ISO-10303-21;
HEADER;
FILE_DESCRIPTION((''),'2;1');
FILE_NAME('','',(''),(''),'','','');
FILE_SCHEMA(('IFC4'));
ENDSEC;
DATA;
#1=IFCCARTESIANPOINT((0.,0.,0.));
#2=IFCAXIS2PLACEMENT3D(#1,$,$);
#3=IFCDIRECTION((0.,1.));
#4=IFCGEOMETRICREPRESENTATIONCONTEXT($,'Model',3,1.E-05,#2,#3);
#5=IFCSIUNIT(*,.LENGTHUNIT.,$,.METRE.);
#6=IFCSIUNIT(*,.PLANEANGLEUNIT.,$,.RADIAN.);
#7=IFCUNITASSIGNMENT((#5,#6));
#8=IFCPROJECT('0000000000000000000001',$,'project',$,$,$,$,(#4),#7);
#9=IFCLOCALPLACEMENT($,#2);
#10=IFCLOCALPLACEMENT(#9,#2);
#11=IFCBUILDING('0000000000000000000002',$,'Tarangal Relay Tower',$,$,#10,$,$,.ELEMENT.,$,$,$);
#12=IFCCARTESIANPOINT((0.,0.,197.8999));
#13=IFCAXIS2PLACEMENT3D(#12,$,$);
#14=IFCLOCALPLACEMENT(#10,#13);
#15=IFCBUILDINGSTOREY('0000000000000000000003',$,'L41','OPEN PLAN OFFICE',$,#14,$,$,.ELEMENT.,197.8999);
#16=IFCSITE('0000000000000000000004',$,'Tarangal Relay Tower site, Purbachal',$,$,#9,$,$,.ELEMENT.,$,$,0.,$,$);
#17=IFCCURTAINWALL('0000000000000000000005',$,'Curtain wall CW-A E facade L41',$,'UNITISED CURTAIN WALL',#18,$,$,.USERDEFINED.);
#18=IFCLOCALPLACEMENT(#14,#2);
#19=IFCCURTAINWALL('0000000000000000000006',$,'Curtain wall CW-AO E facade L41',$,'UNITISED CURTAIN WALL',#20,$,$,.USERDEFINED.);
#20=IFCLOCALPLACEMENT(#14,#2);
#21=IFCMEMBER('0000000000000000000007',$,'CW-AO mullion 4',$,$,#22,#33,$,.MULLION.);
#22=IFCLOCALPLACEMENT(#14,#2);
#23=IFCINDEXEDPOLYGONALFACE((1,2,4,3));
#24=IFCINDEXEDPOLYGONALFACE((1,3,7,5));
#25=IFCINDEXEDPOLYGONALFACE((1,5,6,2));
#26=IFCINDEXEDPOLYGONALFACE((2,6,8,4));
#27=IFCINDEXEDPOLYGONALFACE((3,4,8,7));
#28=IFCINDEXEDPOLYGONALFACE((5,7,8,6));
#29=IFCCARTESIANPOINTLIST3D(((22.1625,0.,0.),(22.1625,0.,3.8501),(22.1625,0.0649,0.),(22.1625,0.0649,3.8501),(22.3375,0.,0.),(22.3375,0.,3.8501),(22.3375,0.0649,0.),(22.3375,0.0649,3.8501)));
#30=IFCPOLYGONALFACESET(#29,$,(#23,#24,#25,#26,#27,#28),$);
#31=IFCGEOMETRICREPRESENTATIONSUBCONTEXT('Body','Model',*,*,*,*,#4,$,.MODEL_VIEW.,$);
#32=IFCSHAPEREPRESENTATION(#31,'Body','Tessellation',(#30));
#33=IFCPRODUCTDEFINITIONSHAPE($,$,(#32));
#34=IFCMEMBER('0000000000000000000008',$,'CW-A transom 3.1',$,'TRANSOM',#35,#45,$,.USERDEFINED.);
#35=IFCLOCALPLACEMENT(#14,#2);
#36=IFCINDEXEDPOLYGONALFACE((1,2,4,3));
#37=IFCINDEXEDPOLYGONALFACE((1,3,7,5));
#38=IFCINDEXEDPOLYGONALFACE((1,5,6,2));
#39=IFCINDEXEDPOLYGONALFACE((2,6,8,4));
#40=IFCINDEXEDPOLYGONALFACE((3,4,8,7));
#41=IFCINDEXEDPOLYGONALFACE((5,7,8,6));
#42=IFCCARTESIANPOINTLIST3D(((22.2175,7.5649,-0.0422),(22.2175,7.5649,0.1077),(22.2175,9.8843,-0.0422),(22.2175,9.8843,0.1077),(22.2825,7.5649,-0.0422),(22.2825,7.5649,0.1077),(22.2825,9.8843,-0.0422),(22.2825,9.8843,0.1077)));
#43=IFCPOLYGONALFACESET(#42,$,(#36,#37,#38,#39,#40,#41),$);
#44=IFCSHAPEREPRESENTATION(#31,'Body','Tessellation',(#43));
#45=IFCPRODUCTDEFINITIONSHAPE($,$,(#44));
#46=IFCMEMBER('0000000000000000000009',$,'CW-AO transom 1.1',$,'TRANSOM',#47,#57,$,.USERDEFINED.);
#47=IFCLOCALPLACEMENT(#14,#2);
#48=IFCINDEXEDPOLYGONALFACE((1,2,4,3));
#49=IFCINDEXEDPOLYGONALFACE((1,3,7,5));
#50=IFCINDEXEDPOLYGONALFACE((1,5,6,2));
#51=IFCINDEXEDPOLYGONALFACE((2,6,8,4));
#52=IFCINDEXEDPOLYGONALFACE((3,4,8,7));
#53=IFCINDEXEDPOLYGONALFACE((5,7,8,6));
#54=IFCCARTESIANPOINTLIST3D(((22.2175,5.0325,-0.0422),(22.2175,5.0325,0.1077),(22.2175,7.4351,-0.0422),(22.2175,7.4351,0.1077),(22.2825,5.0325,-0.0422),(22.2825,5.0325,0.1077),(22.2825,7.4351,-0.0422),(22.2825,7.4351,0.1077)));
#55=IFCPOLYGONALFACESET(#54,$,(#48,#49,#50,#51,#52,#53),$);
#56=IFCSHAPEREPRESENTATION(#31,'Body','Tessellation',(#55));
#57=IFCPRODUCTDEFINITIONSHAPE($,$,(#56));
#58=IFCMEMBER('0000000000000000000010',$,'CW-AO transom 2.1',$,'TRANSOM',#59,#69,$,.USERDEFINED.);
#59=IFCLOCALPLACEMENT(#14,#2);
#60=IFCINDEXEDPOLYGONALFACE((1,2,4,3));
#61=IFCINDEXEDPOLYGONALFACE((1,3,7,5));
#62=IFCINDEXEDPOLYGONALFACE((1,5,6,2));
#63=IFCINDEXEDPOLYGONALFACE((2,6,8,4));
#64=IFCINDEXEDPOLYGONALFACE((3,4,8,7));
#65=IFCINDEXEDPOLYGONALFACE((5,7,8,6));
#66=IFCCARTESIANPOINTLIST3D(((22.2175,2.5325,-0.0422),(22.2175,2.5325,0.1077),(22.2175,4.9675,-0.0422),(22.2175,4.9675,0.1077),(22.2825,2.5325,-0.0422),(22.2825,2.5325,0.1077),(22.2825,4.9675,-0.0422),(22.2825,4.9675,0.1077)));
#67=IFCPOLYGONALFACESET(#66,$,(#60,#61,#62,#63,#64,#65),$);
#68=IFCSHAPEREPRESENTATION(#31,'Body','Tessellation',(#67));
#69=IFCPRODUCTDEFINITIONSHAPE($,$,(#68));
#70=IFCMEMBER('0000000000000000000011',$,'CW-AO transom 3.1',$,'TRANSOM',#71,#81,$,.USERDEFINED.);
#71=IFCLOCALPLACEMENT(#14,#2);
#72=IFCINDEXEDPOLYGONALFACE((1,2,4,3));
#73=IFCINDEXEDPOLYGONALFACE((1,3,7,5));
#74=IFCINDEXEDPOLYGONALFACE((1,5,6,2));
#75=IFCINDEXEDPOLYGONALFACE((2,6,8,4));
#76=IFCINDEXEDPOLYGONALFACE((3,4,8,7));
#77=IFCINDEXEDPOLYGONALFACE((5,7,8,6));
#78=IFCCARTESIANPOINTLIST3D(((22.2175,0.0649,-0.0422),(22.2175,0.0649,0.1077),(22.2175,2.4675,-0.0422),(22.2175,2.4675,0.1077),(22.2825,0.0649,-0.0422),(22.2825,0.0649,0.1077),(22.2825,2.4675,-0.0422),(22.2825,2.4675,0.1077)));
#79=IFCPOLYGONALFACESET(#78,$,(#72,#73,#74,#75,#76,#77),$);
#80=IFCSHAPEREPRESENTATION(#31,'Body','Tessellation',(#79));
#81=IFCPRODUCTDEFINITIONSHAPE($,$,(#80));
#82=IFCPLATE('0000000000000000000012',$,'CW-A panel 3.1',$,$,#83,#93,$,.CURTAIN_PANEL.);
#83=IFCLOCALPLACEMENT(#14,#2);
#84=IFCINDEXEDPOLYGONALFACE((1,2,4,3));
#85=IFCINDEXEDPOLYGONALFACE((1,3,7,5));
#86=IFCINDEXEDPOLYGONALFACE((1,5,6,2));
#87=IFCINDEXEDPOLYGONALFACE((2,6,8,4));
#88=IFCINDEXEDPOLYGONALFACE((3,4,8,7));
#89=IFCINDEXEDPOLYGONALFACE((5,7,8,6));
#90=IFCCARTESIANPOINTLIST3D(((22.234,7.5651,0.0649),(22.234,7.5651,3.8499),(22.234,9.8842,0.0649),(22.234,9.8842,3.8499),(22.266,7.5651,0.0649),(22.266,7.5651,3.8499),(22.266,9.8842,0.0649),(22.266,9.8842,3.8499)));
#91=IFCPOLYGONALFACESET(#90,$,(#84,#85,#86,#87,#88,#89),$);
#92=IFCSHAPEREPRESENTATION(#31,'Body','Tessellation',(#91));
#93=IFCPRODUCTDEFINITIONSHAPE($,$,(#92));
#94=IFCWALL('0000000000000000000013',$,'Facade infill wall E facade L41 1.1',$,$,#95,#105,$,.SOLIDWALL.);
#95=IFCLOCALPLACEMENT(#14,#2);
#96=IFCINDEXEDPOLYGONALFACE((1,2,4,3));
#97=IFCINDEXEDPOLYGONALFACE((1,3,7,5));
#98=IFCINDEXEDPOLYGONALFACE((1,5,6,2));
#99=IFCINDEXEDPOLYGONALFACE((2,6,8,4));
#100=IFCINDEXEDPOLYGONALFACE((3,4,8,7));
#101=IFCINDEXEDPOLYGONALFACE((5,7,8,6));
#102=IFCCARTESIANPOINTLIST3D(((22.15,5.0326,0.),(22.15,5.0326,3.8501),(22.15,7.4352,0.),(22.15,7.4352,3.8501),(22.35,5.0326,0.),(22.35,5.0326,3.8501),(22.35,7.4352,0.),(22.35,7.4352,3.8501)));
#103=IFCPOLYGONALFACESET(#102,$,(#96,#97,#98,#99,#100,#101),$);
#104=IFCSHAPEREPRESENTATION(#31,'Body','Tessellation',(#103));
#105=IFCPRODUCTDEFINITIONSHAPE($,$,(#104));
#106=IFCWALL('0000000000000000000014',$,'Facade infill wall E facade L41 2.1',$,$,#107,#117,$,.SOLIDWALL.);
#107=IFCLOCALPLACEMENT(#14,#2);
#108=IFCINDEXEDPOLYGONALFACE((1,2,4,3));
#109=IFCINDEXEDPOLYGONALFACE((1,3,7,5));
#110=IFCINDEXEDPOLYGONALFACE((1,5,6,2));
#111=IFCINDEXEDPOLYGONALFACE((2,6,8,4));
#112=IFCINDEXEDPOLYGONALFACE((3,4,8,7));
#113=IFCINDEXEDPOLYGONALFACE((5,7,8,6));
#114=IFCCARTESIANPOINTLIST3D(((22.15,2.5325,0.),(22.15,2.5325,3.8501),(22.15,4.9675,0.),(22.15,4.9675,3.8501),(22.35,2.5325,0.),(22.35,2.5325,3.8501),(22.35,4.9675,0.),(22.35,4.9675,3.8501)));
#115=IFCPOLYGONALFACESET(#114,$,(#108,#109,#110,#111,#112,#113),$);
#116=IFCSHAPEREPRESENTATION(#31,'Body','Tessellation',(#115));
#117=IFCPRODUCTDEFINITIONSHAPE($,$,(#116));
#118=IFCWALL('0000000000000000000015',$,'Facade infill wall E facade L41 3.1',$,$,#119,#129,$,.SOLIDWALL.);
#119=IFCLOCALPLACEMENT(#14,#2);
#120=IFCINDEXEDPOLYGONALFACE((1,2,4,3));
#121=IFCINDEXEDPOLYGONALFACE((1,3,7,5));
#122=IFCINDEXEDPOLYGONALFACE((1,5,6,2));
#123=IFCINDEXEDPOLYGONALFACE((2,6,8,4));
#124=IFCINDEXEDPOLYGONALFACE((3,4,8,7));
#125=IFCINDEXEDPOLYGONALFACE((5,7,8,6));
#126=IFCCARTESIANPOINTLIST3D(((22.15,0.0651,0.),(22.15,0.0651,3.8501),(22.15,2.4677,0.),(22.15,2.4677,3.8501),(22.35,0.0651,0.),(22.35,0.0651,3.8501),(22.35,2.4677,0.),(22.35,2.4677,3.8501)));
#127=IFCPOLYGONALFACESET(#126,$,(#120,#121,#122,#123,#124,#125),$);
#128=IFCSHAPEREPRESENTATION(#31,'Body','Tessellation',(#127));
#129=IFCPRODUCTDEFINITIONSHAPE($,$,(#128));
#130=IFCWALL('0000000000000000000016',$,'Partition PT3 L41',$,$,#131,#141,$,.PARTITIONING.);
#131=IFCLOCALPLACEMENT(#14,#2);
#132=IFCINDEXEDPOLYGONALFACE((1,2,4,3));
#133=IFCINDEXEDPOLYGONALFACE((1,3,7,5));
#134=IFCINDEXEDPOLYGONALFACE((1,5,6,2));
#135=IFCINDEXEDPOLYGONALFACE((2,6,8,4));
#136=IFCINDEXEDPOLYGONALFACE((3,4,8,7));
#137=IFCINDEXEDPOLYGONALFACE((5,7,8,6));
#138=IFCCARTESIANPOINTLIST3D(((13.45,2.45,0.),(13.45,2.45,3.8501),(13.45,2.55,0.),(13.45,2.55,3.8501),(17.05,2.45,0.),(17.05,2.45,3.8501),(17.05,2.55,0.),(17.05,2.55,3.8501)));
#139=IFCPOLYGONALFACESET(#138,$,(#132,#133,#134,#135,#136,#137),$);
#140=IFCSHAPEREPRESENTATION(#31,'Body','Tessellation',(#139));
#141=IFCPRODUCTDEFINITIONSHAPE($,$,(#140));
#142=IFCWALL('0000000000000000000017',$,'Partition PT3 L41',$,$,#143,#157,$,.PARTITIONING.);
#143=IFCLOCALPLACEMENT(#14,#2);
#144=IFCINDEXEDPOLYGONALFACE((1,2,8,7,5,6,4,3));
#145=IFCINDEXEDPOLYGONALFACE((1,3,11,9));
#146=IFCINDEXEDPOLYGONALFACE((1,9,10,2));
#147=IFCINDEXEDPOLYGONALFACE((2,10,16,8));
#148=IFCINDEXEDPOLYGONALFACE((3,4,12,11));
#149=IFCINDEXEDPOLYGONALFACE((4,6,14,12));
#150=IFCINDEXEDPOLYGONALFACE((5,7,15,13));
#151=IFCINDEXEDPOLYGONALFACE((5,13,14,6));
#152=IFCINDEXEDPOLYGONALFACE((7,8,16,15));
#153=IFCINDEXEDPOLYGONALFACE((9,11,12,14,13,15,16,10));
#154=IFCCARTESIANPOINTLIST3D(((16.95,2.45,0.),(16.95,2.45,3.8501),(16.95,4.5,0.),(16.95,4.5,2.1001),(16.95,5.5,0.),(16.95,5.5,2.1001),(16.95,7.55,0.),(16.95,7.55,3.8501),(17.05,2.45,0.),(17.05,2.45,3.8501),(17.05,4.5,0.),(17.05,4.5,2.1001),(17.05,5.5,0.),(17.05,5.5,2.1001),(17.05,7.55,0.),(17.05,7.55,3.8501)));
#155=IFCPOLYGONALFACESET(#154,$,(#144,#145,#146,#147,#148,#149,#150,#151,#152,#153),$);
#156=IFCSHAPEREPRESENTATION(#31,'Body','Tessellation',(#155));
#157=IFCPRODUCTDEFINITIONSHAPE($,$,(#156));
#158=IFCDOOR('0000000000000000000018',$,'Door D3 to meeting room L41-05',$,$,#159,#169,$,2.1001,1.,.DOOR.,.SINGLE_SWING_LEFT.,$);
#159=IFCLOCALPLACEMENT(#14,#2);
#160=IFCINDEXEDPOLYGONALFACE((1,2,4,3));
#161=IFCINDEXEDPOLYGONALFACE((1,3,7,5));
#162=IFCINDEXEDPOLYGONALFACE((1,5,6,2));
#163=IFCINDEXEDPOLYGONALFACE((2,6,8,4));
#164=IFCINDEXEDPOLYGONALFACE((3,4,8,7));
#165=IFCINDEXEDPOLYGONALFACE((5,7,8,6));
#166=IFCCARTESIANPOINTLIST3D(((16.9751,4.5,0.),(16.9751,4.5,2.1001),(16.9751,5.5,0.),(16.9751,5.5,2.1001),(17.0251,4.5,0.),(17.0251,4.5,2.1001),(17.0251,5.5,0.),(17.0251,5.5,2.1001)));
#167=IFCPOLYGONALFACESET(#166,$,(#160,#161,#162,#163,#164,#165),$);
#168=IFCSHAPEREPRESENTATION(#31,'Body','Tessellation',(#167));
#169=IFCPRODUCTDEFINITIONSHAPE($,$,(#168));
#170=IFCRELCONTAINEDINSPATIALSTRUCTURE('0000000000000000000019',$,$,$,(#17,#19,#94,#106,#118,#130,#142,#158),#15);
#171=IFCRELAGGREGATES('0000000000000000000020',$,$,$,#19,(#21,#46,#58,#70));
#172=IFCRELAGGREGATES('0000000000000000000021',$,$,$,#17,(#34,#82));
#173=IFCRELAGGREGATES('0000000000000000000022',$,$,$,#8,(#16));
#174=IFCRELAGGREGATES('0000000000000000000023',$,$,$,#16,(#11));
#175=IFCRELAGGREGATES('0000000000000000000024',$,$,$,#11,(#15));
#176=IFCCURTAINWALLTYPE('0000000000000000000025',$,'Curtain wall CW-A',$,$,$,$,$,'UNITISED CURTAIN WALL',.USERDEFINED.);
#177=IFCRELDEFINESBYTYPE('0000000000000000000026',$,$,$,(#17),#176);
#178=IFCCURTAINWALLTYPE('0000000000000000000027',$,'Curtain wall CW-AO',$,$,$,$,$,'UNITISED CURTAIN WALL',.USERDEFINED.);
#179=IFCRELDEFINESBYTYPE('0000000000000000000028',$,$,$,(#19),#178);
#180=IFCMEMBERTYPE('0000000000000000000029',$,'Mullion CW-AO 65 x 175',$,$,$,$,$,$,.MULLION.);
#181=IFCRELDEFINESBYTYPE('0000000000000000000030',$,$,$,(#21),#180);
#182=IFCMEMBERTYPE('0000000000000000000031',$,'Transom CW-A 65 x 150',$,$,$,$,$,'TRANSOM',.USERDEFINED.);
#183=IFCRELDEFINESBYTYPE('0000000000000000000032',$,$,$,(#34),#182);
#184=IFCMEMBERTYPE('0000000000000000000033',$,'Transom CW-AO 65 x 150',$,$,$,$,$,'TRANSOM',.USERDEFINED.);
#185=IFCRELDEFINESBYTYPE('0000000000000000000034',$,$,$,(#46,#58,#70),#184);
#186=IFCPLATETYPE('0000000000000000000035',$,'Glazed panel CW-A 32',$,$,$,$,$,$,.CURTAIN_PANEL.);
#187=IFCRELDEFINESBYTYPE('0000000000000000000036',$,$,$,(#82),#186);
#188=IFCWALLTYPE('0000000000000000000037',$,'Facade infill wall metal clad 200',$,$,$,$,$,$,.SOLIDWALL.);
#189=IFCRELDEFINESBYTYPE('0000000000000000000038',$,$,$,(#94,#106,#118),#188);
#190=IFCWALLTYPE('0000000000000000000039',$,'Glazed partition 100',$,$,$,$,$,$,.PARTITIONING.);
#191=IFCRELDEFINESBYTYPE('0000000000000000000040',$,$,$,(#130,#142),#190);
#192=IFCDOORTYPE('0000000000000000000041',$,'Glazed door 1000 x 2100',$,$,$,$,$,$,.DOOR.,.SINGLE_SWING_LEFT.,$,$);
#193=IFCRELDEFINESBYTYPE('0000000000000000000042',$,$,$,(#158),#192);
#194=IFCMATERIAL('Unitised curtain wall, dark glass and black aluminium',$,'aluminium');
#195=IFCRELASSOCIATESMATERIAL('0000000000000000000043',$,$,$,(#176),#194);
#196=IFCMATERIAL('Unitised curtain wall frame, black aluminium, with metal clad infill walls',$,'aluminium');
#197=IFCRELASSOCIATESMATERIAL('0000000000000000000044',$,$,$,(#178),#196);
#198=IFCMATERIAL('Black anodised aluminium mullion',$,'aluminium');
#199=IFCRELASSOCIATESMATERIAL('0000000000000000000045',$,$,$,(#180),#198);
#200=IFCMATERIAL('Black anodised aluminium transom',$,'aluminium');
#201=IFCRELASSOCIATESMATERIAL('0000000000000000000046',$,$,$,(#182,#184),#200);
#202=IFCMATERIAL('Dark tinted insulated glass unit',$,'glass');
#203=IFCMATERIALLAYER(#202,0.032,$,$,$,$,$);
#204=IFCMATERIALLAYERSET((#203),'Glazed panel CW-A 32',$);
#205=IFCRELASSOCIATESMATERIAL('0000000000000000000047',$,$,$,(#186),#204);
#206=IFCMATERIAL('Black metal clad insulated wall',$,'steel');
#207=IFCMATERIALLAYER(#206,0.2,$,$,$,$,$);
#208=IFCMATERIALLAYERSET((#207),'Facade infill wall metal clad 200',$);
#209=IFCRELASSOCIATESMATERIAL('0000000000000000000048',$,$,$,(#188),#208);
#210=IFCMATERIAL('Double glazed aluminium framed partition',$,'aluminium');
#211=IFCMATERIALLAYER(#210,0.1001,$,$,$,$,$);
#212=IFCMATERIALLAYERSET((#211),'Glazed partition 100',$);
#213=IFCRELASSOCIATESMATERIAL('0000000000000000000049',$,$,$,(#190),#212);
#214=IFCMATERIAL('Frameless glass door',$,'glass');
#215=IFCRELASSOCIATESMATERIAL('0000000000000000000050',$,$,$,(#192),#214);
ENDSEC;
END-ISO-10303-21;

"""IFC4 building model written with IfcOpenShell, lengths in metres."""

from ifc_helpers import new_model, si_unit, direction, frame, frame_2d, origin, origin_2d, place, context, subcontext, project, spatial, rectangle, extrude, material, layer, layer_set, material_profile, profile_set, type_object, element, fill, aggregate, save


model = new_model("IFC4")

# Units and contexts
model_context = context("Model", 3, precision=1e-05, world=origin(), true_north=direction((0.0, 1.0)))
body_context = subcontext(model_context, "Body", "Model", "MODEL_VIEW")
ifc_project = project(units=[si_unit("LENGTHUNIT", "METRE"), si_unit("PLANEANGLEUNIT", "RADIAN")], contexts=[model_context])

# Site, building, storey
site_placement = place(None, origin())
site = spatial("IfcSite", under=ifc_project, at=site_placement, Name="Tarangal Relay Tower site, Purbachal", CompositionType="ELEMENT", RefElevation=0.0)
building_placement = place(site_placement, origin())
building = spatial("IfcBuilding", under=site, at=building_placement, Name="Tarangal Relay Tower", CompositionType="ELEMENT")
storey_placement = place(building_placement, frame((0.0, 0.0, 197.8999)))
storey = spatial("IfcBuildingStorey", under=building, at=storey_placement, Name="L41", Description="OPEN PLAN OFFICE", CompositionType="ELEMENT", Elevation=197.8999)

# Curtain walls, member
ifc_material_1 = material(Name="Unitised curtain wall, dark glass and black aluminium", Category="aluminium")
curtain_wall_type_1 = type_object("IfcCurtainWallType", Name="Curtain wall CW-A", ElementType="UNITISED CURTAIN WALL", PredefinedType="USERDEFINED", material=ifc_material_1)
curtain_wall_1_placement = place(storey_placement, origin())
curtain_wall_1 = element("IfcCurtainWall", 1, at=curtain_wall_1_placement, inside=storey, type_object=curtain_wall_type_1, Name="Curtain wall CW-A E facade L41", ObjectType="UNITISED CURTAIN WALL", PredefinedType="USERDEFINED")
ifc_material_2 = material(Name="Black anodised aluminium mullion", Category="aluminium")
ifc_material_3 = material(Name="Unitised curtain wall frame, black aluminium, with metal clad infill walls", Category="aluminium")
curtain_wall_type_2 = type_object("IfcCurtainWallType", Name="Curtain wall CW-AO", ElementType="UNITISED CURTAIN WALL", PredefinedType="USERDEFINED", material=ifc_material_3)
curtain_wall_2_placement = place(storey_placement, origin())
curtain_wall_2 = element("IfcCurtainWall", 2, at=curtain_wall_2_placement, inside=storey, type_object=curtain_wall_type_2, Name="Curtain wall CW-AO E facade L41", ObjectType="UNITISED CURTAIN WALL", PredefinedType="USERDEFINED")
ifc_material_profile_1 = material_profile(ifc_material_2, rectangle(XDim=0.175, YDim=0.0649, at=origin_2d()), Name="CW-AOM 65X175")
ifc_profile_set_1 = profile_set([ifc_material_profile_1], Name="Black anodised aluminium mullion")
member_type_1 = type_object("IfcMemberType", Name="Mullion CW-AO 65 x 175", PredefinedType="MULLION", material=ifc_profile_set_1)
member_1_placement = place(storey_placement, frame((22.25, 0.0325, 0.0), z_axis=(0.0, 0.0, 1.0), x_axis=(1.0, 0.0, 0.0)))
member_1 = element("IfcMember", 3, at=member_1_placement, type_object=member_type_1, Name="CW-AO mullion 4", PredefinedType="MULLION", context=body_context, shape_type="SweptSolid", body=[
    extrude(rectangle(XDim=0.175, YDim=0.0649, at=origin_2d()), origin(), (0.0, 0.0, 1.0), 3.8501),
])

# Members
ifc_material_4 = material(Name="Black anodised aluminium transom", Category="aluminium")
ifc_material_profile_2 = material_profile(ifc_material_4, rectangle(XDim=0.0649, YDim=0.1499, at=origin_2d()), Name="CW-AT 65X150")
ifc_profile_set_2 = profile_set([ifc_material_profile_2], Name="Black anodised aluminium transom")
member_type_2 = type_object("IfcMemberType", Name="Transom CW-A 65 x 150", ElementType="TRANSOM", PredefinedType="USERDEFINED", material=ifc_profile_set_2)
member_2_placement = place(storey_placement, frame((22.25, 9.8843, 0.0327), z_axis=(0.0, -1.0, 0.0), x_axis=(1.0, 0.0, 0.0)))
member_2 = element("IfcMember", 4, at=member_2_placement, type_object=member_type_2, Name="CW-A transom 3.1", ObjectType="TRANSOM", PredefinedType="USERDEFINED", context=body_context, shape_type="SweptSolid", body=[
    extrude(rectangle(XDim=0.0649, YDim=0.1499, at=origin_2d()), origin(), (0.0, 0.0, 1.0), 2.3193),
])
ifc_material_profile_3 = material_profile(ifc_material_4, rectangle(XDim=0.0649, YDim=0.1499, at=origin_2d()), Name="CW-AOT 65X150")
ifc_profile_set_3 = profile_set([ifc_material_profile_3], Name="Black anodised aluminium transom")
member_type_3 = type_object("IfcMemberType", Name="Transom CW-AO 65 x 150", ElementType="TRANSOM", PredefinedType="USERDEFINED", material=ifc_profile_set_3)
member_3_placement = place(storey_placement, frame((22.25, 7.4351, 0.0327), z_axis=(0.0, -1.0, 0.0), x_axis=(1.0, 0.0, 0.0)))
member_3 = element("IfcMember", 5, at=member_3_placement, type_object=member_type_3, Name="CW-AO transom 1.1", ObjectType="TRANSOM", PredefinedType="USERDEFINED", context=body_context, shape_type="SweptSolid", body=[
    extrude(rectangle(XDim=0.0649, YDim=0.1499, at=origin_2d()), origin(), (0.0, 0.0, 1.0), 2.4026),
])
member_4_placement = place(storey_placement, frame((22.25, 4.9675, 0.0327), z_axis=(0.0, -1.0, 0.0), x_axis=(1.0, 0.0, 0.0)))
member_4 = element("IfcMember", 6, at=member_4_placement, type_object=member_type_3, Name="CW-AO transom 2.1", ObjectType="TRANSOM", PredefinedType="USERDEFINED", context=body_context, shape_type="SweptSolid", body=[
    extrude(rectangle(XDim=0.0649, YDim=0.1499, at=origin_2d()), origin(), (0.0, 0.0, 1.0), 2.4351),
])
member_5_placement = place(storey_placement, frame((22.25, 2.4675, 0.0327), z_axis=(0.0, -1.0, 0.0), x_axis=(1.0, 0.0, 0.0)))
member_5 = element("IfcMember", 7, at=member_5_placement, type_object=member_type_3, Name="CW-AO transom 3.1", ObjectType="TRANSOM", PredefinedType="USERDEFINED", context=body_context, shape_type="SweptSolid", body=[
    extrude(rectangle(XDim=0.0649, YDim=0.1499, at=origin_2d()), origin(), (0.0, 0.0, 1.0), 2.4026),
])
aggregate(curtain_wall_2, [member_1, member_3, member_4, member_5])

# Plate
ifc_material_5 = material(Name="Dark tinted insulated glass unit", Category="glass")
ifc_layer_1 = layer(ifc_material_5, 0.032)
ifc_layer_set_1 = layer_set([ifc_layer_1], Name="Glazed panel CW-A 32")
plate_type = type_object("IfcPlateType", Name="Glazed panel CW-A 32", PredefinedType="CURTAIN_PANEL", material=ifc_layer_set_1)
plate_placement = place(storey_placement, frame((22.25, 8.7246, 0.0649), z_axis=(0.0, 0.0, 1.0), x_axis=(0.0, -1.0, 0.0)))
plate = element("IfcPlate", 8, at=plate_placement, type_object=plate_type, Name="CW-A panel 3.1", PredefinedType="CURTAIN_PANEL", context=body_context, shape_type="SweptSolid", body=[
    extrude(rectangle(XDim=2.3191, YDim=0.032, at=origin_2d()), origin(), (0.0, 0.0, 1.0), 3.7849),
])
aggregate(curtain_wall_1, [member_2, plate])

# Walls
ifc_material_6 = material(Name="Black metal clad insulated wall", Category="steel")
ifc_layer_2 = layer(ifc_material_6, 0.2)
ifc_layer_set_2 = layer_set([ifc_layer_2], Name="Facade infill wall metal clad 200")
wall_type_1 = type_object("IfcWallType", Name="Facade infill wall metal clad 200", PredefinedType="SOLIDWALL", material=ifc_layer_set_2)
wall_1_placement = place(storey_placement, frame((22.25, 7.4351, 0.0), z_axis=(0.0, 0.0, 1.0), x_axis=(0.0, -1.0, 0.0)))
element("IfcWall", 9, at=wall_1_placement, inside=storey, type_object=wall_type_1, Name="Facade infill wall E facade L41 1.1", PredefinedType="SOLIDWALL", context=body_context, shape_type="SweptSolid", body=[
    extrude(rectangle(XDim=2.4026, YDim=0.2, at=frame_2d((1.2012, 0.0))), origin(), (0.0, 0.0, 1.0), 3.8501),
])
wall_2_placement = place(storey_placement, frame((22.25, 4.9675, 0.0), z_axis=(0.0, 0.0, 1.0), x_axis=(0.0, -1.0, 0.0)))
element("IfcWall", 10, at=wall_2_placement, inside=storey, type_object=wall_type_1, Name="Facade infill wall E facade L41 2.1", PredefinedType="SOLIDWALL", context=body_context, shape_type="SweptSolid", body=[
    extrude(rectangle(XDim=2.4351, YDim=0.2, at=frame_2d((1.2175, 0.0))), origin(), (0.0, 0.0, 1.0), 3.8501),
])
wall_3_placement = place(storey_placement, frame((22.25, 2.4675, 0.0), z_axis=(0.0, 0.0, 1.0), x_axis=(0.0, -1.0, 0.0)))
element("IfcWall", 11, at=wall_3_placement, inside=storey, type_object=wall_type_1, Name="Facade infill wall E facade L41 3.1", PredefinedType="SOLIDWALL", context=body_context, shape_type="SweptSolid", body=[
    extrude(rectangle(XDim=2.4026, YDim=0.2, at=frame_2d((1.2012, 0.0))), origin(), (0.0, 0.0, 1.0), 3.8501),
])
ifc_material_7 = material(Name="Double glazed aluminium framed partition", Category="aluminium")
ifc_layer_3 = layer(ifc_material_7, 0.1001)
ifc_layer_set_3 = layer_set([ifc_layer_3], Name="Glazed partition 100")
wall_type_2 = type_object("IfcWallType", Name="Glazed partition 100", PredefinedType="PARTITIONING", material=ifc_layer_set_3)
wall_4_placement = place(storey_placement, frame((13.45, 2.5, 0.0), z_axis=(0.0, 0.0, 1.0), x_axis=(1.0, 0.0, 0.0)))
element("IfcWall", 12, at=wall_4_placement, inside=storey, type_object=wall_type_2, Name="Partition PT3 L41", PredefinedType="PARTITIONING", context=body_context, shape_type="SweptSolid", body=[
    extrude(rectangle(XDim=3.6001, YDim=0.1001, at=frame_2d((1.8, 0.0))), origin(), (0.0, 0.0, 1.0), 3.8501),
])

# Wall, opening, door
wall_5_placement = place(storey_placement, frame((17.0, 2.45, 0.0), z_axis=(0.0, 0.0, 1.0), x_axis=(0.0, 1.0, 0.0)))
wall_5 = element("IfcWall", 13, at=wall_5_placement, inside=storey, type_object=wall_type_2, Name="Partition PT3 L41", PredefinedType="PARTITIONING", context=body_context, shape_type="SweptSolid", body=[
    extrude(rectangle(XDim=5.1001, YDim=0.1001, at=frame_2d((2.55, 0.0))), origin(), (0.0, 0.0, 1.0), 3.8501),
])
opening_1_placement = place(wall_5_placement, frame((2.05, 0.0, 0.0)))
opening_1 = element("IfcOpeningElement", 14, at=opening_1_placement, cuts=wall_5, PredefinedType="OPENING", context=body_context, shape_type="SweptSolid", body=[
    extrude(rectangle(XDim=1.0, YDim=2.1001, at=frame_2d((0.5, 1.05))), frame((0.0, 0.0601, 0.0), z_axis=(0.0, -1.0, 0.0), x_axis=(1.0, 0.0, 0.0)), (0.0, 0.0, 1.0), 0.1201),
])
ifc_material_8 = material(Name="Frameless glass door", Category="glass")
door_type_1 = type_object("IfcDoorType", Name="Glazed door 1000 x 2100", OperationType="SINGLE_SWING_LEFT", PredefinedType="DOOR", material=ifc_material_8)
door_1_placement = place(opening_1_placement, origin())
door_1 = element("IfcDoor", 15, at=door_1_placement, inside=storey, type_object=door_type_1, Name="Door D3 to meeting room L41-05", OperationType="SINGLE_SWING_LEFT", OverallHeight=2.1001, OverallWidth=1.0, PredefinedType="DOOR", context=body_context, shape_type="SweptSolid", body=[
    extrude(rectangle(XDim=1.0, YDim=2.1001, at=frame_2d((0.5, 1.05))), frame((0.0, 0.0249, 0.0), z_axis=(0.0, -1.0, 0.0), x_axis=(1.0, 0.0, 0.0)), (0.0, 0.0, 1.0), 0.05),
])
fill(opening_1, door_1)

save(model, "model.ifc")
